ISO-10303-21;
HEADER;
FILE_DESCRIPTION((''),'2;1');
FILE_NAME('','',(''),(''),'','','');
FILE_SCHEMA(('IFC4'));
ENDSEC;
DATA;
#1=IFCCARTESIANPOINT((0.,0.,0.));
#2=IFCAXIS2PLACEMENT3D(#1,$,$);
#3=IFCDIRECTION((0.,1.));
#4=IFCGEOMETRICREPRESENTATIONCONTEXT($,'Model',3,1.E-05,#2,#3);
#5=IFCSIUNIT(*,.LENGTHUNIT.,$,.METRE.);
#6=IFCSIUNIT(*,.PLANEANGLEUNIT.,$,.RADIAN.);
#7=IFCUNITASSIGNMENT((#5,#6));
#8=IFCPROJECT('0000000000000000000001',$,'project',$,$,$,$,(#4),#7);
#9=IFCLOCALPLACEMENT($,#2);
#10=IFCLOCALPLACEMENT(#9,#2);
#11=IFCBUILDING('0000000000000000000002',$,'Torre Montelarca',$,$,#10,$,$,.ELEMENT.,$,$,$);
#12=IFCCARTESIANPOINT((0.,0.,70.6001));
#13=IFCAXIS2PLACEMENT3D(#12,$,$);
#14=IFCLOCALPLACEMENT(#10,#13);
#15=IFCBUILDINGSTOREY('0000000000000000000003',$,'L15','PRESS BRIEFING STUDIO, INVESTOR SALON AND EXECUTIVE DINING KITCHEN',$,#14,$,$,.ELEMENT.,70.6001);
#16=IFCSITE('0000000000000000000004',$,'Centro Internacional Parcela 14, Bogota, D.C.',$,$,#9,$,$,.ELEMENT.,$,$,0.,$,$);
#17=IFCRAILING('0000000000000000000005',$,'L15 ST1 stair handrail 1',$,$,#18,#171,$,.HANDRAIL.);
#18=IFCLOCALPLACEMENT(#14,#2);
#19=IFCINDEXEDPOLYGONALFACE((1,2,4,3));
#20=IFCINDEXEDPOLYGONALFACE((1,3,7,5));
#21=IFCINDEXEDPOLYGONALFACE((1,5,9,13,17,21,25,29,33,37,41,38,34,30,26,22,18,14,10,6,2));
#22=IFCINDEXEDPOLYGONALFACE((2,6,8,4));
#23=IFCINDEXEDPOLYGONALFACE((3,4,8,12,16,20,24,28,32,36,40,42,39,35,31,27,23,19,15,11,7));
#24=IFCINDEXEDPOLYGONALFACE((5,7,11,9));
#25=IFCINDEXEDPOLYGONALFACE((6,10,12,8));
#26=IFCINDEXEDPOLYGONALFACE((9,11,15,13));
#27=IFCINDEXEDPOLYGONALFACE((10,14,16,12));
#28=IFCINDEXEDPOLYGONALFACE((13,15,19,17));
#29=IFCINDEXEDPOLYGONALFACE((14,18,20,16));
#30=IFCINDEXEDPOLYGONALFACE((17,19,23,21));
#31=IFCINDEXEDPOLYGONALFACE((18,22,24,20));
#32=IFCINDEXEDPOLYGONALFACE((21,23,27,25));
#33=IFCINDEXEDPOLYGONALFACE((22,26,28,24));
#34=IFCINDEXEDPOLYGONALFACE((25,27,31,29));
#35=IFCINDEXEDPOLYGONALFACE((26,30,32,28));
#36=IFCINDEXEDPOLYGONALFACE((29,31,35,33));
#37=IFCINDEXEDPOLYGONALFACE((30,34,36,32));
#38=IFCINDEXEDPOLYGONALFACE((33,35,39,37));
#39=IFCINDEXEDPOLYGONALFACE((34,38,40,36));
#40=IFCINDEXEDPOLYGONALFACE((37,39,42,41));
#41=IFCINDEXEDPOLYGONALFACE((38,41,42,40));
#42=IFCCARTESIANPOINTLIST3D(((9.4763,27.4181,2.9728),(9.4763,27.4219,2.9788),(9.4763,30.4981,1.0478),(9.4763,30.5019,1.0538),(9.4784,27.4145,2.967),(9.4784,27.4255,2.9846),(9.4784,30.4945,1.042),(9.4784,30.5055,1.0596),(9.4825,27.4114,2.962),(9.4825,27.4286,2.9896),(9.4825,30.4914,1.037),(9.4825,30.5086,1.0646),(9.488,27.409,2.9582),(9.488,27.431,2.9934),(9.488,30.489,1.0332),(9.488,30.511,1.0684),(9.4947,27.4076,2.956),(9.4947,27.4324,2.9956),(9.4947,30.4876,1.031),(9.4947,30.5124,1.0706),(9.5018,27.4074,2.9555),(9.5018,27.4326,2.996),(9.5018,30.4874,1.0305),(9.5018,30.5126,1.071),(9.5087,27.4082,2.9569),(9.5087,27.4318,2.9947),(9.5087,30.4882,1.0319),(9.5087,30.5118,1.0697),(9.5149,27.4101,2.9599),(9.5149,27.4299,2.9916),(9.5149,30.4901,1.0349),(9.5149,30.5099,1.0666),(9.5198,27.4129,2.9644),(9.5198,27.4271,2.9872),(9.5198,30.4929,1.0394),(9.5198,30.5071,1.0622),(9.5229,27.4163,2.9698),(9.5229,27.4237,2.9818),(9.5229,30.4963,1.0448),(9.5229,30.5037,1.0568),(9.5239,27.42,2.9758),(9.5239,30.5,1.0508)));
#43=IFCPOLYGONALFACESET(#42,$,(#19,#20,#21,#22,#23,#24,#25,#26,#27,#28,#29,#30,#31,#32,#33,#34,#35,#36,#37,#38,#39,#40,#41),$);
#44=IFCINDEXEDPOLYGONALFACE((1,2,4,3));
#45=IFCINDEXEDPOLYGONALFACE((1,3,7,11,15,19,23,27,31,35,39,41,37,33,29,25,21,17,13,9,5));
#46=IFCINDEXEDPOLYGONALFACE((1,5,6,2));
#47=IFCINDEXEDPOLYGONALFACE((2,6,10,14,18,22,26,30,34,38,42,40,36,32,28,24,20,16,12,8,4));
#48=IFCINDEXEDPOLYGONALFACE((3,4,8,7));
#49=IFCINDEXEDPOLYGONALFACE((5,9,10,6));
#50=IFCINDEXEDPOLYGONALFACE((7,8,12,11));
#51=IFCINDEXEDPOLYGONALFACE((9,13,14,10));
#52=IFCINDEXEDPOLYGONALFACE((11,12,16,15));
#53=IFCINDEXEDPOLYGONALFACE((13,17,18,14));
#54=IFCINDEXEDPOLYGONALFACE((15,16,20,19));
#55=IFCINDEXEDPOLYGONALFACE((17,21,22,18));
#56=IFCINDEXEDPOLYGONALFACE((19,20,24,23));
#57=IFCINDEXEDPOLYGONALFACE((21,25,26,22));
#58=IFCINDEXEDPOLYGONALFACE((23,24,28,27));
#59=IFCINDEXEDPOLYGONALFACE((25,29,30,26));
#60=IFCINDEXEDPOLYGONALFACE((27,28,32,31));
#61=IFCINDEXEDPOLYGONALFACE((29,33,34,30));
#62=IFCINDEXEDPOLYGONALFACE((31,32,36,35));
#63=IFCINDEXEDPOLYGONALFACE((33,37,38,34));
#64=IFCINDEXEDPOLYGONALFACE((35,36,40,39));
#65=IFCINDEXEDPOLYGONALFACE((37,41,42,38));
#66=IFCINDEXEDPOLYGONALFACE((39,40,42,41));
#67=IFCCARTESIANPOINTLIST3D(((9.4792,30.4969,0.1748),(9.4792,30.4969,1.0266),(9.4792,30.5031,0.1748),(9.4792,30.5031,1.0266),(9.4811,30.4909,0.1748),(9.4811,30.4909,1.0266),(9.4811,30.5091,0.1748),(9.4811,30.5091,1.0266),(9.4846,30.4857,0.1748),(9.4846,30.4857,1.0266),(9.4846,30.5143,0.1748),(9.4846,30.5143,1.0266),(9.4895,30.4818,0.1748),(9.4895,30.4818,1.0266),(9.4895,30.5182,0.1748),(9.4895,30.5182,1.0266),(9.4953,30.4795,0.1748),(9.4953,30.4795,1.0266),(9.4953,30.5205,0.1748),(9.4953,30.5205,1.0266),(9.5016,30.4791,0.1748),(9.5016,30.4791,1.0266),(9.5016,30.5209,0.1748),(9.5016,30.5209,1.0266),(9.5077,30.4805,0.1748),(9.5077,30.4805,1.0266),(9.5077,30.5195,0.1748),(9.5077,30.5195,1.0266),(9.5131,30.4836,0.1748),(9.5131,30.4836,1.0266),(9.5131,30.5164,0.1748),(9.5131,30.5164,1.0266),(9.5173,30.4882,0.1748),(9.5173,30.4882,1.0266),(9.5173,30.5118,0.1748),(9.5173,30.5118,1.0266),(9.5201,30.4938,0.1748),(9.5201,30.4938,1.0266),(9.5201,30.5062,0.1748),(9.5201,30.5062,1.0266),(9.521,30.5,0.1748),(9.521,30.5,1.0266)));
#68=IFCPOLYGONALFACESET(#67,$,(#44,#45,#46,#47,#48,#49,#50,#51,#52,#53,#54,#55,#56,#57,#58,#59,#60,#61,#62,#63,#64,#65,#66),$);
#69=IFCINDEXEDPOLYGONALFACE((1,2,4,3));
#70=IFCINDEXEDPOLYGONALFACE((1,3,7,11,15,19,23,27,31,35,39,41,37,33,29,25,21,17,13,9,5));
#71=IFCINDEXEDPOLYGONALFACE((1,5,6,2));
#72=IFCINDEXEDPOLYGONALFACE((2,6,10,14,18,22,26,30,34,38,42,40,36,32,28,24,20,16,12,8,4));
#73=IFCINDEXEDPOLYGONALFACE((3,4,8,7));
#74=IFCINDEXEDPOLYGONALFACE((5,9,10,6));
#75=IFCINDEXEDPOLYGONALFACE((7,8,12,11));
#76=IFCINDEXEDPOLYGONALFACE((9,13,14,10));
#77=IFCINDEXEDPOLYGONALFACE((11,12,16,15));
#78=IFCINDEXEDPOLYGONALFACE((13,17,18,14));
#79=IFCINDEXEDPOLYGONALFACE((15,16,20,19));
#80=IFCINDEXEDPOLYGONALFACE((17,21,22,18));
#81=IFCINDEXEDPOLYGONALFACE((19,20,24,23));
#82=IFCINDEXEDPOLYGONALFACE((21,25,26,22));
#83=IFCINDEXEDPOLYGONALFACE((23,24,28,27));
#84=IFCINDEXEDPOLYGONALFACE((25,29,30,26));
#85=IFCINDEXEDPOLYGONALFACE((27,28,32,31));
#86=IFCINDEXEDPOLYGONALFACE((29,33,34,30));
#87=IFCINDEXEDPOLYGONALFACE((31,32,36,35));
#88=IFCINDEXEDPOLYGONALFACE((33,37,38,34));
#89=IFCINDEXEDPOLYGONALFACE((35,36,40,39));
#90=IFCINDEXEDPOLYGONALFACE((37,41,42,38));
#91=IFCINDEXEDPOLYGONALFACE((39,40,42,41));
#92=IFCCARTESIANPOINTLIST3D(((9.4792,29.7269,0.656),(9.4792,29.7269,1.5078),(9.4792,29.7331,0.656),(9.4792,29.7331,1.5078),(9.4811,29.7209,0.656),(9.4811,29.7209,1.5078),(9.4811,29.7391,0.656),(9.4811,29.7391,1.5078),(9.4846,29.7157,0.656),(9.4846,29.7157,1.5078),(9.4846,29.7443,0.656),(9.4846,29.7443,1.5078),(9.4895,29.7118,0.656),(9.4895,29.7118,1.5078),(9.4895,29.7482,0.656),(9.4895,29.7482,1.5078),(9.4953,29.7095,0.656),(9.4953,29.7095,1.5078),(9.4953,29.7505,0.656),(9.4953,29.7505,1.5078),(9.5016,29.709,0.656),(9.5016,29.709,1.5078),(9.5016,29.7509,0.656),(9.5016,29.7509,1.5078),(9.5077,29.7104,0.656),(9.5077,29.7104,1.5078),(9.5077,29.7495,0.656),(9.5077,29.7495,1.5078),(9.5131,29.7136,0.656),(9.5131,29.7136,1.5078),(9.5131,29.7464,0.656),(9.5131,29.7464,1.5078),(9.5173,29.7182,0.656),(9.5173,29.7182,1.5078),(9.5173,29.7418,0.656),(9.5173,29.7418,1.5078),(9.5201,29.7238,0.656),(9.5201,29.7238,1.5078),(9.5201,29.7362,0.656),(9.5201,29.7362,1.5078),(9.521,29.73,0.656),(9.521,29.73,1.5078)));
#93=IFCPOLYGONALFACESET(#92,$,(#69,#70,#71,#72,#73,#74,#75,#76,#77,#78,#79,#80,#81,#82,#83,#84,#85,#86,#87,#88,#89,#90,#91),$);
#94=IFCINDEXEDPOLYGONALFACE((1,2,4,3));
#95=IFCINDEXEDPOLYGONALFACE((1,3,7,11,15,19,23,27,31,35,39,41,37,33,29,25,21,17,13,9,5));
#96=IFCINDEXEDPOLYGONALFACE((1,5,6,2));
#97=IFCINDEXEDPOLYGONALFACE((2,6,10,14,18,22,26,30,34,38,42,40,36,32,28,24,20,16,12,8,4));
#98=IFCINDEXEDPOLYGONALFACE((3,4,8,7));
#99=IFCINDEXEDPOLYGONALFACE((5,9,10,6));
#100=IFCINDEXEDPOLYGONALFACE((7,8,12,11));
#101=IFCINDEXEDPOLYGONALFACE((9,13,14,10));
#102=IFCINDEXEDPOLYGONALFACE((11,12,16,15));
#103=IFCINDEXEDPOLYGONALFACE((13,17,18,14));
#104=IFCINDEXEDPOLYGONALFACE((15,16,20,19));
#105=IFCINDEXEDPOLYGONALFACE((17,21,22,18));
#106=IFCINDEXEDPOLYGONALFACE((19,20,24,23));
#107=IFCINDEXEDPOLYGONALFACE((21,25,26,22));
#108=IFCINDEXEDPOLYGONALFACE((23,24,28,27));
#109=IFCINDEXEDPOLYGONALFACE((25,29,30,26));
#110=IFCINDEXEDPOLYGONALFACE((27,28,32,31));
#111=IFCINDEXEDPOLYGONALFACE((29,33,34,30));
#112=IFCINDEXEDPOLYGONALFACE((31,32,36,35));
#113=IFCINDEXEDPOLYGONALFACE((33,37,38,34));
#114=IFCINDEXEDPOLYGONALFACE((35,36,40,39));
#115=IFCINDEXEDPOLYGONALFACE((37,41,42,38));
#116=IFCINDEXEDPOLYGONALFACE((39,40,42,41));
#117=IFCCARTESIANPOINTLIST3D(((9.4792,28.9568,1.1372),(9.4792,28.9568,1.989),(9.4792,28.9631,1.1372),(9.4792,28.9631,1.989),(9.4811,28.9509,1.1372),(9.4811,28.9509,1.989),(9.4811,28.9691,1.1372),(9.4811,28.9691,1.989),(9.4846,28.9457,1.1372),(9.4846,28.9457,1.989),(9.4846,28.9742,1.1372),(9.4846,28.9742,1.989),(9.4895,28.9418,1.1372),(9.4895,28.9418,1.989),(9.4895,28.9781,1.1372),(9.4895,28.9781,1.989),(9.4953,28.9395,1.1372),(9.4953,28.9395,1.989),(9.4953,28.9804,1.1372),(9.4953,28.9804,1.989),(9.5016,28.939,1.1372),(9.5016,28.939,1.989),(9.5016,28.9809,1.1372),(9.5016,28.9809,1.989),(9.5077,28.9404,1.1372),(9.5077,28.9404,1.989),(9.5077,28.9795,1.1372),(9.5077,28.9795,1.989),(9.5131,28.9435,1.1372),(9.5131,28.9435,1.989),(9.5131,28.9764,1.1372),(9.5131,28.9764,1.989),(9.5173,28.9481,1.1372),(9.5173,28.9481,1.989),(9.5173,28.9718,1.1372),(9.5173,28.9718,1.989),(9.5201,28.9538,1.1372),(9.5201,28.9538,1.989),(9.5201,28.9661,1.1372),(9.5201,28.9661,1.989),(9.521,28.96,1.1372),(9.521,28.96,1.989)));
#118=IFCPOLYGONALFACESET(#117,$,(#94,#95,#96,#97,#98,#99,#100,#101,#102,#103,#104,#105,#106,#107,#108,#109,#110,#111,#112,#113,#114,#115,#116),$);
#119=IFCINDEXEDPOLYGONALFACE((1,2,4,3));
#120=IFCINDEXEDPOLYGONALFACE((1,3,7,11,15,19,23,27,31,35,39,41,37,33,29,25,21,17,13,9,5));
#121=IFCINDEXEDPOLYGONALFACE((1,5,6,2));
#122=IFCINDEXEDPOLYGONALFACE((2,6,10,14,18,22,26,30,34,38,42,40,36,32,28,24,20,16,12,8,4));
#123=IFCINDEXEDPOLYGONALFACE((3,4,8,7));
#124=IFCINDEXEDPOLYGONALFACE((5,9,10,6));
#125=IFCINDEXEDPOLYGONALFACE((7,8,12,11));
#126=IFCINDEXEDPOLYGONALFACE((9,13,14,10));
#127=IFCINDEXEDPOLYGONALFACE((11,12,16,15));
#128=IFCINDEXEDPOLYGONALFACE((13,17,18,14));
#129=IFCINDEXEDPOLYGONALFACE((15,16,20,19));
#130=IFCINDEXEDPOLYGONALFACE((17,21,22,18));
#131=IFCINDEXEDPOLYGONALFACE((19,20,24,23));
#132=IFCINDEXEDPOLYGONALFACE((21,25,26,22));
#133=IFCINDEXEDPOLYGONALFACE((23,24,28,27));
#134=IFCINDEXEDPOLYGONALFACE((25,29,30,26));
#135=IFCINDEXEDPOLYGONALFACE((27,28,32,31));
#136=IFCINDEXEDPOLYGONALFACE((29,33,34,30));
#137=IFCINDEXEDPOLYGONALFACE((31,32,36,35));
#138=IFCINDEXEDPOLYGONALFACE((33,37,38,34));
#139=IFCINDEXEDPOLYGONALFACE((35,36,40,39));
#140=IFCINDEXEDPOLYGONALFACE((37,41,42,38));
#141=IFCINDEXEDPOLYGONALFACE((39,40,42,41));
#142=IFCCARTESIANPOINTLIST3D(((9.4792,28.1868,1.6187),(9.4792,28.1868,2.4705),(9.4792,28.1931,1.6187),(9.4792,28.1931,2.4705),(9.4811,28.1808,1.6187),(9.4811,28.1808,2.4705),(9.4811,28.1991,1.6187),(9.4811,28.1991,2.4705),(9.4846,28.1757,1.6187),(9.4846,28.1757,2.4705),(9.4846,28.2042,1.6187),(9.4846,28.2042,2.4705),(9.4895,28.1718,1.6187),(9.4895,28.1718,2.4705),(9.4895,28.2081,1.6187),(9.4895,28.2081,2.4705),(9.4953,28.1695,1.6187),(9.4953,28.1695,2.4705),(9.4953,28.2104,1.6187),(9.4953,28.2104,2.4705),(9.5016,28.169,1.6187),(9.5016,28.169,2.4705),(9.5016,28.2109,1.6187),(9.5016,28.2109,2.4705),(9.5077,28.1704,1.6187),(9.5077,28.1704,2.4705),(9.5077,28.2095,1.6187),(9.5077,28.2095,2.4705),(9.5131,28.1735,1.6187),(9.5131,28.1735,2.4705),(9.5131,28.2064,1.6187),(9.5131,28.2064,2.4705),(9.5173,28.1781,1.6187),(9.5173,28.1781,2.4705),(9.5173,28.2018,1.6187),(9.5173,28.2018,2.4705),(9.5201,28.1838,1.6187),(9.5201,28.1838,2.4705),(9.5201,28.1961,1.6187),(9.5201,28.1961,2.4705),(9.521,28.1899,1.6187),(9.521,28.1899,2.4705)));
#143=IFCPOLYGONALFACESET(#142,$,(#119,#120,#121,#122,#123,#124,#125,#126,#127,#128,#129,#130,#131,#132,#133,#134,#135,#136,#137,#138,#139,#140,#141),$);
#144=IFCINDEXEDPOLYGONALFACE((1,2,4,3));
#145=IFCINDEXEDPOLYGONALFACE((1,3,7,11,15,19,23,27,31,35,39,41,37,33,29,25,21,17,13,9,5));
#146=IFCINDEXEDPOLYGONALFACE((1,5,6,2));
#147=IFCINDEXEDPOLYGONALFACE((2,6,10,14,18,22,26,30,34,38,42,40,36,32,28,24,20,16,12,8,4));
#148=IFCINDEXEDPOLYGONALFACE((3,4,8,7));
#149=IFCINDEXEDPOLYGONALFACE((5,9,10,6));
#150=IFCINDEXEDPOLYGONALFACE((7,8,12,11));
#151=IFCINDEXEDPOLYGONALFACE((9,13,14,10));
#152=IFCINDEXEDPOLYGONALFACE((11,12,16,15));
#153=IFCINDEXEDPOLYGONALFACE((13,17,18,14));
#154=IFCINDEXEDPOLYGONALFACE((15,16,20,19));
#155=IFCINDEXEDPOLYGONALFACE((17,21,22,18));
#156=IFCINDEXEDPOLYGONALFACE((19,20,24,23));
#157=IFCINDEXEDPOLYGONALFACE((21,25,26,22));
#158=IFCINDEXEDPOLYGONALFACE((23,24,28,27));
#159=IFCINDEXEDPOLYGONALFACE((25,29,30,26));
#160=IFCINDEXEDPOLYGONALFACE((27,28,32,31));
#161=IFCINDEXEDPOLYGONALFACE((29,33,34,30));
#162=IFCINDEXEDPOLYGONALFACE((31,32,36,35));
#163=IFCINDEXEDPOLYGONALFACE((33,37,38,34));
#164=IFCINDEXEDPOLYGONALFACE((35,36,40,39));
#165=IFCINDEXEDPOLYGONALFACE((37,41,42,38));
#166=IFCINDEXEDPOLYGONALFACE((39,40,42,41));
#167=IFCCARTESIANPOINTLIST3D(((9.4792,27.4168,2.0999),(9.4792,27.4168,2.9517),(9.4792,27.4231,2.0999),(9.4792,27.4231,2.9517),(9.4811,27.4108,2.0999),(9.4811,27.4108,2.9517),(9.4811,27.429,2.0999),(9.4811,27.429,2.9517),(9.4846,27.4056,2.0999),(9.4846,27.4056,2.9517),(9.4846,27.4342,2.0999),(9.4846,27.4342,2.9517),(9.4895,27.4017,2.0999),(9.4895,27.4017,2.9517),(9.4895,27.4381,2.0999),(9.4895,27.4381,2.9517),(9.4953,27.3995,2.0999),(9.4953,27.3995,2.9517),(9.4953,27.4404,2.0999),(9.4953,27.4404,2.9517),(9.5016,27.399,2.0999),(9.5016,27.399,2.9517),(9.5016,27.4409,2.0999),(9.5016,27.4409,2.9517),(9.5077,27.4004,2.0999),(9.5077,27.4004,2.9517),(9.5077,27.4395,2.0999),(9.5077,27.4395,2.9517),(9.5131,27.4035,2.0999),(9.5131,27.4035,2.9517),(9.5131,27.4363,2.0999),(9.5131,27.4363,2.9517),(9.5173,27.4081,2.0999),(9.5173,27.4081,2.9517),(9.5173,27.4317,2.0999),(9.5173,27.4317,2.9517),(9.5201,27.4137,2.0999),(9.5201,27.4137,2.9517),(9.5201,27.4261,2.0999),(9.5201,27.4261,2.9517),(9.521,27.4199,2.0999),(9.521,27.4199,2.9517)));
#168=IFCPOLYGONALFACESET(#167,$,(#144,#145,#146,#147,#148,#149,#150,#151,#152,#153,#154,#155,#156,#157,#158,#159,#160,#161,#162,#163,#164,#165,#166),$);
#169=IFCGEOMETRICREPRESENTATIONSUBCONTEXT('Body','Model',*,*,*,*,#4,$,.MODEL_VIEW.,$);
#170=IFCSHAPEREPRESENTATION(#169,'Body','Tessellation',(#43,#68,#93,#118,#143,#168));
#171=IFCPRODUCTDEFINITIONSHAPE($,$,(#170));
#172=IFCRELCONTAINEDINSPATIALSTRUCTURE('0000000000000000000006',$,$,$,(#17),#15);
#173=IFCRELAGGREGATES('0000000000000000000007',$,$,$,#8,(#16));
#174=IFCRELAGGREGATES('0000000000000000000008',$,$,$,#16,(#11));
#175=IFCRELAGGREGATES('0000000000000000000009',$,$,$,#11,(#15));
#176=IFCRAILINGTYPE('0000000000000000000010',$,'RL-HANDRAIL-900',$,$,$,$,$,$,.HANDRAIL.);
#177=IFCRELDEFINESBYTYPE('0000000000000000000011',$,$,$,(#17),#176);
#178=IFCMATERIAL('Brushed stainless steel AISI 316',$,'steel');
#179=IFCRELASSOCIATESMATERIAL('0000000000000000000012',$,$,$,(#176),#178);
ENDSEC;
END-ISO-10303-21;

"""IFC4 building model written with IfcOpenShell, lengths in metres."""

from ifc_helpers import new_model, si_unit, direction, frame, origin, origin_2d, place, context, subcontext, project, spatial, circle, extrude, material, type_object, element, save


model = new_model("IFC4")

# Units and contexts
model_context = context("Model", 3, precision=1e-05, world=origin(), true_north=direction((0.0, 1.0)))
body_context = subcontext(model_context, "Body", "Model", "MODEL_VIEW")
ifc_project = project(units=[si_unit("LENGTHUNIT", "METRE"), si_unit("PLANEANGLEUNIT", "RADIAN")], contexts=[model_context])

# Site, building, storey
site_placement = place(None, origin())
site = spatial("IfcSite", under=ifc_project, at=site_placement, Name="Centro Internacional Parcela 14, Bogota, D.C.", CompositionType="ELEMENT", RefElevation=0.0)
building_placement = place(site_placement, origin())
building = spatial("IfcBuilding", under=site, at=building_placement, Name="Torre Montelarca", CompositionType="ELEMENT")
storey_placement = place(building_placement, frame((0.0, 0.0, 70.6001)))
storey = spatial("IfcBuildingStorey", under=building, at=storey_placement, Name="L15", Description="PRESS BRIEFING STUDIO, INVESTOR SALON AND EXECUTIVE DINING KITCHEN", CompositionType="ELEMENT", Elevation=70.6001)

# Shared definitions
ifc_material_1 = material(Name="Brushed stainless steel AISI 316", Category="steel")

# Railing
railing_type_1 = type_object("IfcRailingType", Name="RL-HANDRAIL-900", PredefinedType="HANDRAIL", material=ifc_material_1)
railing_1_placement = place(storey_placement, frame((9.5, 30.5, 0.1748)))
element("IfcRailing", 1, at=railing_1_placement, inside=storey, type_object=railing_type_1, Name="L15 ST1 stair handrail 1", PredefinedType="HANDRAIL", context=body_context, shape_type="SweptSolid", body=[
    extrude(circle(Radius=0.0239, at=origin_2d()), frame((0.0, 0.0, 0.876), z_axis=(0.0, -0.847998, 0.529999), x_axis=(1.0, 0.0, 0.0)), (0.0, 0.0, 1.0), 3.6321),
    extrude(circle(Radius=0.021, at=origin_2d()), origin(), (0.0, 0.0, 1.0), 0.8518),
    extrude(circle(Radius=0.021, at=origin_2d()), frame((0.0, -0.77, 0.4812)), (0.0, 0.0, 1.0), 0.8518),
    extrude(circle(Radius=0.021, at=origin_2d()), frame((0.0, -1.54, 0.9624)), (0.0, 0.0, 1.0), 0.8518),
    extrude(circle(Radius=0.021, at=origin_2d()), frame((0.0, -2.3101, 1.4438)), (0.0, 0.0, 1.0), 0.8518),
    extrude(circle(Radius=0.021, at=origin_2d()), frame((0.0, -3.0801, 1.925)), (0.0, 0.0, 1.0), 0.8518),
])

save(model, "model.ifc")
